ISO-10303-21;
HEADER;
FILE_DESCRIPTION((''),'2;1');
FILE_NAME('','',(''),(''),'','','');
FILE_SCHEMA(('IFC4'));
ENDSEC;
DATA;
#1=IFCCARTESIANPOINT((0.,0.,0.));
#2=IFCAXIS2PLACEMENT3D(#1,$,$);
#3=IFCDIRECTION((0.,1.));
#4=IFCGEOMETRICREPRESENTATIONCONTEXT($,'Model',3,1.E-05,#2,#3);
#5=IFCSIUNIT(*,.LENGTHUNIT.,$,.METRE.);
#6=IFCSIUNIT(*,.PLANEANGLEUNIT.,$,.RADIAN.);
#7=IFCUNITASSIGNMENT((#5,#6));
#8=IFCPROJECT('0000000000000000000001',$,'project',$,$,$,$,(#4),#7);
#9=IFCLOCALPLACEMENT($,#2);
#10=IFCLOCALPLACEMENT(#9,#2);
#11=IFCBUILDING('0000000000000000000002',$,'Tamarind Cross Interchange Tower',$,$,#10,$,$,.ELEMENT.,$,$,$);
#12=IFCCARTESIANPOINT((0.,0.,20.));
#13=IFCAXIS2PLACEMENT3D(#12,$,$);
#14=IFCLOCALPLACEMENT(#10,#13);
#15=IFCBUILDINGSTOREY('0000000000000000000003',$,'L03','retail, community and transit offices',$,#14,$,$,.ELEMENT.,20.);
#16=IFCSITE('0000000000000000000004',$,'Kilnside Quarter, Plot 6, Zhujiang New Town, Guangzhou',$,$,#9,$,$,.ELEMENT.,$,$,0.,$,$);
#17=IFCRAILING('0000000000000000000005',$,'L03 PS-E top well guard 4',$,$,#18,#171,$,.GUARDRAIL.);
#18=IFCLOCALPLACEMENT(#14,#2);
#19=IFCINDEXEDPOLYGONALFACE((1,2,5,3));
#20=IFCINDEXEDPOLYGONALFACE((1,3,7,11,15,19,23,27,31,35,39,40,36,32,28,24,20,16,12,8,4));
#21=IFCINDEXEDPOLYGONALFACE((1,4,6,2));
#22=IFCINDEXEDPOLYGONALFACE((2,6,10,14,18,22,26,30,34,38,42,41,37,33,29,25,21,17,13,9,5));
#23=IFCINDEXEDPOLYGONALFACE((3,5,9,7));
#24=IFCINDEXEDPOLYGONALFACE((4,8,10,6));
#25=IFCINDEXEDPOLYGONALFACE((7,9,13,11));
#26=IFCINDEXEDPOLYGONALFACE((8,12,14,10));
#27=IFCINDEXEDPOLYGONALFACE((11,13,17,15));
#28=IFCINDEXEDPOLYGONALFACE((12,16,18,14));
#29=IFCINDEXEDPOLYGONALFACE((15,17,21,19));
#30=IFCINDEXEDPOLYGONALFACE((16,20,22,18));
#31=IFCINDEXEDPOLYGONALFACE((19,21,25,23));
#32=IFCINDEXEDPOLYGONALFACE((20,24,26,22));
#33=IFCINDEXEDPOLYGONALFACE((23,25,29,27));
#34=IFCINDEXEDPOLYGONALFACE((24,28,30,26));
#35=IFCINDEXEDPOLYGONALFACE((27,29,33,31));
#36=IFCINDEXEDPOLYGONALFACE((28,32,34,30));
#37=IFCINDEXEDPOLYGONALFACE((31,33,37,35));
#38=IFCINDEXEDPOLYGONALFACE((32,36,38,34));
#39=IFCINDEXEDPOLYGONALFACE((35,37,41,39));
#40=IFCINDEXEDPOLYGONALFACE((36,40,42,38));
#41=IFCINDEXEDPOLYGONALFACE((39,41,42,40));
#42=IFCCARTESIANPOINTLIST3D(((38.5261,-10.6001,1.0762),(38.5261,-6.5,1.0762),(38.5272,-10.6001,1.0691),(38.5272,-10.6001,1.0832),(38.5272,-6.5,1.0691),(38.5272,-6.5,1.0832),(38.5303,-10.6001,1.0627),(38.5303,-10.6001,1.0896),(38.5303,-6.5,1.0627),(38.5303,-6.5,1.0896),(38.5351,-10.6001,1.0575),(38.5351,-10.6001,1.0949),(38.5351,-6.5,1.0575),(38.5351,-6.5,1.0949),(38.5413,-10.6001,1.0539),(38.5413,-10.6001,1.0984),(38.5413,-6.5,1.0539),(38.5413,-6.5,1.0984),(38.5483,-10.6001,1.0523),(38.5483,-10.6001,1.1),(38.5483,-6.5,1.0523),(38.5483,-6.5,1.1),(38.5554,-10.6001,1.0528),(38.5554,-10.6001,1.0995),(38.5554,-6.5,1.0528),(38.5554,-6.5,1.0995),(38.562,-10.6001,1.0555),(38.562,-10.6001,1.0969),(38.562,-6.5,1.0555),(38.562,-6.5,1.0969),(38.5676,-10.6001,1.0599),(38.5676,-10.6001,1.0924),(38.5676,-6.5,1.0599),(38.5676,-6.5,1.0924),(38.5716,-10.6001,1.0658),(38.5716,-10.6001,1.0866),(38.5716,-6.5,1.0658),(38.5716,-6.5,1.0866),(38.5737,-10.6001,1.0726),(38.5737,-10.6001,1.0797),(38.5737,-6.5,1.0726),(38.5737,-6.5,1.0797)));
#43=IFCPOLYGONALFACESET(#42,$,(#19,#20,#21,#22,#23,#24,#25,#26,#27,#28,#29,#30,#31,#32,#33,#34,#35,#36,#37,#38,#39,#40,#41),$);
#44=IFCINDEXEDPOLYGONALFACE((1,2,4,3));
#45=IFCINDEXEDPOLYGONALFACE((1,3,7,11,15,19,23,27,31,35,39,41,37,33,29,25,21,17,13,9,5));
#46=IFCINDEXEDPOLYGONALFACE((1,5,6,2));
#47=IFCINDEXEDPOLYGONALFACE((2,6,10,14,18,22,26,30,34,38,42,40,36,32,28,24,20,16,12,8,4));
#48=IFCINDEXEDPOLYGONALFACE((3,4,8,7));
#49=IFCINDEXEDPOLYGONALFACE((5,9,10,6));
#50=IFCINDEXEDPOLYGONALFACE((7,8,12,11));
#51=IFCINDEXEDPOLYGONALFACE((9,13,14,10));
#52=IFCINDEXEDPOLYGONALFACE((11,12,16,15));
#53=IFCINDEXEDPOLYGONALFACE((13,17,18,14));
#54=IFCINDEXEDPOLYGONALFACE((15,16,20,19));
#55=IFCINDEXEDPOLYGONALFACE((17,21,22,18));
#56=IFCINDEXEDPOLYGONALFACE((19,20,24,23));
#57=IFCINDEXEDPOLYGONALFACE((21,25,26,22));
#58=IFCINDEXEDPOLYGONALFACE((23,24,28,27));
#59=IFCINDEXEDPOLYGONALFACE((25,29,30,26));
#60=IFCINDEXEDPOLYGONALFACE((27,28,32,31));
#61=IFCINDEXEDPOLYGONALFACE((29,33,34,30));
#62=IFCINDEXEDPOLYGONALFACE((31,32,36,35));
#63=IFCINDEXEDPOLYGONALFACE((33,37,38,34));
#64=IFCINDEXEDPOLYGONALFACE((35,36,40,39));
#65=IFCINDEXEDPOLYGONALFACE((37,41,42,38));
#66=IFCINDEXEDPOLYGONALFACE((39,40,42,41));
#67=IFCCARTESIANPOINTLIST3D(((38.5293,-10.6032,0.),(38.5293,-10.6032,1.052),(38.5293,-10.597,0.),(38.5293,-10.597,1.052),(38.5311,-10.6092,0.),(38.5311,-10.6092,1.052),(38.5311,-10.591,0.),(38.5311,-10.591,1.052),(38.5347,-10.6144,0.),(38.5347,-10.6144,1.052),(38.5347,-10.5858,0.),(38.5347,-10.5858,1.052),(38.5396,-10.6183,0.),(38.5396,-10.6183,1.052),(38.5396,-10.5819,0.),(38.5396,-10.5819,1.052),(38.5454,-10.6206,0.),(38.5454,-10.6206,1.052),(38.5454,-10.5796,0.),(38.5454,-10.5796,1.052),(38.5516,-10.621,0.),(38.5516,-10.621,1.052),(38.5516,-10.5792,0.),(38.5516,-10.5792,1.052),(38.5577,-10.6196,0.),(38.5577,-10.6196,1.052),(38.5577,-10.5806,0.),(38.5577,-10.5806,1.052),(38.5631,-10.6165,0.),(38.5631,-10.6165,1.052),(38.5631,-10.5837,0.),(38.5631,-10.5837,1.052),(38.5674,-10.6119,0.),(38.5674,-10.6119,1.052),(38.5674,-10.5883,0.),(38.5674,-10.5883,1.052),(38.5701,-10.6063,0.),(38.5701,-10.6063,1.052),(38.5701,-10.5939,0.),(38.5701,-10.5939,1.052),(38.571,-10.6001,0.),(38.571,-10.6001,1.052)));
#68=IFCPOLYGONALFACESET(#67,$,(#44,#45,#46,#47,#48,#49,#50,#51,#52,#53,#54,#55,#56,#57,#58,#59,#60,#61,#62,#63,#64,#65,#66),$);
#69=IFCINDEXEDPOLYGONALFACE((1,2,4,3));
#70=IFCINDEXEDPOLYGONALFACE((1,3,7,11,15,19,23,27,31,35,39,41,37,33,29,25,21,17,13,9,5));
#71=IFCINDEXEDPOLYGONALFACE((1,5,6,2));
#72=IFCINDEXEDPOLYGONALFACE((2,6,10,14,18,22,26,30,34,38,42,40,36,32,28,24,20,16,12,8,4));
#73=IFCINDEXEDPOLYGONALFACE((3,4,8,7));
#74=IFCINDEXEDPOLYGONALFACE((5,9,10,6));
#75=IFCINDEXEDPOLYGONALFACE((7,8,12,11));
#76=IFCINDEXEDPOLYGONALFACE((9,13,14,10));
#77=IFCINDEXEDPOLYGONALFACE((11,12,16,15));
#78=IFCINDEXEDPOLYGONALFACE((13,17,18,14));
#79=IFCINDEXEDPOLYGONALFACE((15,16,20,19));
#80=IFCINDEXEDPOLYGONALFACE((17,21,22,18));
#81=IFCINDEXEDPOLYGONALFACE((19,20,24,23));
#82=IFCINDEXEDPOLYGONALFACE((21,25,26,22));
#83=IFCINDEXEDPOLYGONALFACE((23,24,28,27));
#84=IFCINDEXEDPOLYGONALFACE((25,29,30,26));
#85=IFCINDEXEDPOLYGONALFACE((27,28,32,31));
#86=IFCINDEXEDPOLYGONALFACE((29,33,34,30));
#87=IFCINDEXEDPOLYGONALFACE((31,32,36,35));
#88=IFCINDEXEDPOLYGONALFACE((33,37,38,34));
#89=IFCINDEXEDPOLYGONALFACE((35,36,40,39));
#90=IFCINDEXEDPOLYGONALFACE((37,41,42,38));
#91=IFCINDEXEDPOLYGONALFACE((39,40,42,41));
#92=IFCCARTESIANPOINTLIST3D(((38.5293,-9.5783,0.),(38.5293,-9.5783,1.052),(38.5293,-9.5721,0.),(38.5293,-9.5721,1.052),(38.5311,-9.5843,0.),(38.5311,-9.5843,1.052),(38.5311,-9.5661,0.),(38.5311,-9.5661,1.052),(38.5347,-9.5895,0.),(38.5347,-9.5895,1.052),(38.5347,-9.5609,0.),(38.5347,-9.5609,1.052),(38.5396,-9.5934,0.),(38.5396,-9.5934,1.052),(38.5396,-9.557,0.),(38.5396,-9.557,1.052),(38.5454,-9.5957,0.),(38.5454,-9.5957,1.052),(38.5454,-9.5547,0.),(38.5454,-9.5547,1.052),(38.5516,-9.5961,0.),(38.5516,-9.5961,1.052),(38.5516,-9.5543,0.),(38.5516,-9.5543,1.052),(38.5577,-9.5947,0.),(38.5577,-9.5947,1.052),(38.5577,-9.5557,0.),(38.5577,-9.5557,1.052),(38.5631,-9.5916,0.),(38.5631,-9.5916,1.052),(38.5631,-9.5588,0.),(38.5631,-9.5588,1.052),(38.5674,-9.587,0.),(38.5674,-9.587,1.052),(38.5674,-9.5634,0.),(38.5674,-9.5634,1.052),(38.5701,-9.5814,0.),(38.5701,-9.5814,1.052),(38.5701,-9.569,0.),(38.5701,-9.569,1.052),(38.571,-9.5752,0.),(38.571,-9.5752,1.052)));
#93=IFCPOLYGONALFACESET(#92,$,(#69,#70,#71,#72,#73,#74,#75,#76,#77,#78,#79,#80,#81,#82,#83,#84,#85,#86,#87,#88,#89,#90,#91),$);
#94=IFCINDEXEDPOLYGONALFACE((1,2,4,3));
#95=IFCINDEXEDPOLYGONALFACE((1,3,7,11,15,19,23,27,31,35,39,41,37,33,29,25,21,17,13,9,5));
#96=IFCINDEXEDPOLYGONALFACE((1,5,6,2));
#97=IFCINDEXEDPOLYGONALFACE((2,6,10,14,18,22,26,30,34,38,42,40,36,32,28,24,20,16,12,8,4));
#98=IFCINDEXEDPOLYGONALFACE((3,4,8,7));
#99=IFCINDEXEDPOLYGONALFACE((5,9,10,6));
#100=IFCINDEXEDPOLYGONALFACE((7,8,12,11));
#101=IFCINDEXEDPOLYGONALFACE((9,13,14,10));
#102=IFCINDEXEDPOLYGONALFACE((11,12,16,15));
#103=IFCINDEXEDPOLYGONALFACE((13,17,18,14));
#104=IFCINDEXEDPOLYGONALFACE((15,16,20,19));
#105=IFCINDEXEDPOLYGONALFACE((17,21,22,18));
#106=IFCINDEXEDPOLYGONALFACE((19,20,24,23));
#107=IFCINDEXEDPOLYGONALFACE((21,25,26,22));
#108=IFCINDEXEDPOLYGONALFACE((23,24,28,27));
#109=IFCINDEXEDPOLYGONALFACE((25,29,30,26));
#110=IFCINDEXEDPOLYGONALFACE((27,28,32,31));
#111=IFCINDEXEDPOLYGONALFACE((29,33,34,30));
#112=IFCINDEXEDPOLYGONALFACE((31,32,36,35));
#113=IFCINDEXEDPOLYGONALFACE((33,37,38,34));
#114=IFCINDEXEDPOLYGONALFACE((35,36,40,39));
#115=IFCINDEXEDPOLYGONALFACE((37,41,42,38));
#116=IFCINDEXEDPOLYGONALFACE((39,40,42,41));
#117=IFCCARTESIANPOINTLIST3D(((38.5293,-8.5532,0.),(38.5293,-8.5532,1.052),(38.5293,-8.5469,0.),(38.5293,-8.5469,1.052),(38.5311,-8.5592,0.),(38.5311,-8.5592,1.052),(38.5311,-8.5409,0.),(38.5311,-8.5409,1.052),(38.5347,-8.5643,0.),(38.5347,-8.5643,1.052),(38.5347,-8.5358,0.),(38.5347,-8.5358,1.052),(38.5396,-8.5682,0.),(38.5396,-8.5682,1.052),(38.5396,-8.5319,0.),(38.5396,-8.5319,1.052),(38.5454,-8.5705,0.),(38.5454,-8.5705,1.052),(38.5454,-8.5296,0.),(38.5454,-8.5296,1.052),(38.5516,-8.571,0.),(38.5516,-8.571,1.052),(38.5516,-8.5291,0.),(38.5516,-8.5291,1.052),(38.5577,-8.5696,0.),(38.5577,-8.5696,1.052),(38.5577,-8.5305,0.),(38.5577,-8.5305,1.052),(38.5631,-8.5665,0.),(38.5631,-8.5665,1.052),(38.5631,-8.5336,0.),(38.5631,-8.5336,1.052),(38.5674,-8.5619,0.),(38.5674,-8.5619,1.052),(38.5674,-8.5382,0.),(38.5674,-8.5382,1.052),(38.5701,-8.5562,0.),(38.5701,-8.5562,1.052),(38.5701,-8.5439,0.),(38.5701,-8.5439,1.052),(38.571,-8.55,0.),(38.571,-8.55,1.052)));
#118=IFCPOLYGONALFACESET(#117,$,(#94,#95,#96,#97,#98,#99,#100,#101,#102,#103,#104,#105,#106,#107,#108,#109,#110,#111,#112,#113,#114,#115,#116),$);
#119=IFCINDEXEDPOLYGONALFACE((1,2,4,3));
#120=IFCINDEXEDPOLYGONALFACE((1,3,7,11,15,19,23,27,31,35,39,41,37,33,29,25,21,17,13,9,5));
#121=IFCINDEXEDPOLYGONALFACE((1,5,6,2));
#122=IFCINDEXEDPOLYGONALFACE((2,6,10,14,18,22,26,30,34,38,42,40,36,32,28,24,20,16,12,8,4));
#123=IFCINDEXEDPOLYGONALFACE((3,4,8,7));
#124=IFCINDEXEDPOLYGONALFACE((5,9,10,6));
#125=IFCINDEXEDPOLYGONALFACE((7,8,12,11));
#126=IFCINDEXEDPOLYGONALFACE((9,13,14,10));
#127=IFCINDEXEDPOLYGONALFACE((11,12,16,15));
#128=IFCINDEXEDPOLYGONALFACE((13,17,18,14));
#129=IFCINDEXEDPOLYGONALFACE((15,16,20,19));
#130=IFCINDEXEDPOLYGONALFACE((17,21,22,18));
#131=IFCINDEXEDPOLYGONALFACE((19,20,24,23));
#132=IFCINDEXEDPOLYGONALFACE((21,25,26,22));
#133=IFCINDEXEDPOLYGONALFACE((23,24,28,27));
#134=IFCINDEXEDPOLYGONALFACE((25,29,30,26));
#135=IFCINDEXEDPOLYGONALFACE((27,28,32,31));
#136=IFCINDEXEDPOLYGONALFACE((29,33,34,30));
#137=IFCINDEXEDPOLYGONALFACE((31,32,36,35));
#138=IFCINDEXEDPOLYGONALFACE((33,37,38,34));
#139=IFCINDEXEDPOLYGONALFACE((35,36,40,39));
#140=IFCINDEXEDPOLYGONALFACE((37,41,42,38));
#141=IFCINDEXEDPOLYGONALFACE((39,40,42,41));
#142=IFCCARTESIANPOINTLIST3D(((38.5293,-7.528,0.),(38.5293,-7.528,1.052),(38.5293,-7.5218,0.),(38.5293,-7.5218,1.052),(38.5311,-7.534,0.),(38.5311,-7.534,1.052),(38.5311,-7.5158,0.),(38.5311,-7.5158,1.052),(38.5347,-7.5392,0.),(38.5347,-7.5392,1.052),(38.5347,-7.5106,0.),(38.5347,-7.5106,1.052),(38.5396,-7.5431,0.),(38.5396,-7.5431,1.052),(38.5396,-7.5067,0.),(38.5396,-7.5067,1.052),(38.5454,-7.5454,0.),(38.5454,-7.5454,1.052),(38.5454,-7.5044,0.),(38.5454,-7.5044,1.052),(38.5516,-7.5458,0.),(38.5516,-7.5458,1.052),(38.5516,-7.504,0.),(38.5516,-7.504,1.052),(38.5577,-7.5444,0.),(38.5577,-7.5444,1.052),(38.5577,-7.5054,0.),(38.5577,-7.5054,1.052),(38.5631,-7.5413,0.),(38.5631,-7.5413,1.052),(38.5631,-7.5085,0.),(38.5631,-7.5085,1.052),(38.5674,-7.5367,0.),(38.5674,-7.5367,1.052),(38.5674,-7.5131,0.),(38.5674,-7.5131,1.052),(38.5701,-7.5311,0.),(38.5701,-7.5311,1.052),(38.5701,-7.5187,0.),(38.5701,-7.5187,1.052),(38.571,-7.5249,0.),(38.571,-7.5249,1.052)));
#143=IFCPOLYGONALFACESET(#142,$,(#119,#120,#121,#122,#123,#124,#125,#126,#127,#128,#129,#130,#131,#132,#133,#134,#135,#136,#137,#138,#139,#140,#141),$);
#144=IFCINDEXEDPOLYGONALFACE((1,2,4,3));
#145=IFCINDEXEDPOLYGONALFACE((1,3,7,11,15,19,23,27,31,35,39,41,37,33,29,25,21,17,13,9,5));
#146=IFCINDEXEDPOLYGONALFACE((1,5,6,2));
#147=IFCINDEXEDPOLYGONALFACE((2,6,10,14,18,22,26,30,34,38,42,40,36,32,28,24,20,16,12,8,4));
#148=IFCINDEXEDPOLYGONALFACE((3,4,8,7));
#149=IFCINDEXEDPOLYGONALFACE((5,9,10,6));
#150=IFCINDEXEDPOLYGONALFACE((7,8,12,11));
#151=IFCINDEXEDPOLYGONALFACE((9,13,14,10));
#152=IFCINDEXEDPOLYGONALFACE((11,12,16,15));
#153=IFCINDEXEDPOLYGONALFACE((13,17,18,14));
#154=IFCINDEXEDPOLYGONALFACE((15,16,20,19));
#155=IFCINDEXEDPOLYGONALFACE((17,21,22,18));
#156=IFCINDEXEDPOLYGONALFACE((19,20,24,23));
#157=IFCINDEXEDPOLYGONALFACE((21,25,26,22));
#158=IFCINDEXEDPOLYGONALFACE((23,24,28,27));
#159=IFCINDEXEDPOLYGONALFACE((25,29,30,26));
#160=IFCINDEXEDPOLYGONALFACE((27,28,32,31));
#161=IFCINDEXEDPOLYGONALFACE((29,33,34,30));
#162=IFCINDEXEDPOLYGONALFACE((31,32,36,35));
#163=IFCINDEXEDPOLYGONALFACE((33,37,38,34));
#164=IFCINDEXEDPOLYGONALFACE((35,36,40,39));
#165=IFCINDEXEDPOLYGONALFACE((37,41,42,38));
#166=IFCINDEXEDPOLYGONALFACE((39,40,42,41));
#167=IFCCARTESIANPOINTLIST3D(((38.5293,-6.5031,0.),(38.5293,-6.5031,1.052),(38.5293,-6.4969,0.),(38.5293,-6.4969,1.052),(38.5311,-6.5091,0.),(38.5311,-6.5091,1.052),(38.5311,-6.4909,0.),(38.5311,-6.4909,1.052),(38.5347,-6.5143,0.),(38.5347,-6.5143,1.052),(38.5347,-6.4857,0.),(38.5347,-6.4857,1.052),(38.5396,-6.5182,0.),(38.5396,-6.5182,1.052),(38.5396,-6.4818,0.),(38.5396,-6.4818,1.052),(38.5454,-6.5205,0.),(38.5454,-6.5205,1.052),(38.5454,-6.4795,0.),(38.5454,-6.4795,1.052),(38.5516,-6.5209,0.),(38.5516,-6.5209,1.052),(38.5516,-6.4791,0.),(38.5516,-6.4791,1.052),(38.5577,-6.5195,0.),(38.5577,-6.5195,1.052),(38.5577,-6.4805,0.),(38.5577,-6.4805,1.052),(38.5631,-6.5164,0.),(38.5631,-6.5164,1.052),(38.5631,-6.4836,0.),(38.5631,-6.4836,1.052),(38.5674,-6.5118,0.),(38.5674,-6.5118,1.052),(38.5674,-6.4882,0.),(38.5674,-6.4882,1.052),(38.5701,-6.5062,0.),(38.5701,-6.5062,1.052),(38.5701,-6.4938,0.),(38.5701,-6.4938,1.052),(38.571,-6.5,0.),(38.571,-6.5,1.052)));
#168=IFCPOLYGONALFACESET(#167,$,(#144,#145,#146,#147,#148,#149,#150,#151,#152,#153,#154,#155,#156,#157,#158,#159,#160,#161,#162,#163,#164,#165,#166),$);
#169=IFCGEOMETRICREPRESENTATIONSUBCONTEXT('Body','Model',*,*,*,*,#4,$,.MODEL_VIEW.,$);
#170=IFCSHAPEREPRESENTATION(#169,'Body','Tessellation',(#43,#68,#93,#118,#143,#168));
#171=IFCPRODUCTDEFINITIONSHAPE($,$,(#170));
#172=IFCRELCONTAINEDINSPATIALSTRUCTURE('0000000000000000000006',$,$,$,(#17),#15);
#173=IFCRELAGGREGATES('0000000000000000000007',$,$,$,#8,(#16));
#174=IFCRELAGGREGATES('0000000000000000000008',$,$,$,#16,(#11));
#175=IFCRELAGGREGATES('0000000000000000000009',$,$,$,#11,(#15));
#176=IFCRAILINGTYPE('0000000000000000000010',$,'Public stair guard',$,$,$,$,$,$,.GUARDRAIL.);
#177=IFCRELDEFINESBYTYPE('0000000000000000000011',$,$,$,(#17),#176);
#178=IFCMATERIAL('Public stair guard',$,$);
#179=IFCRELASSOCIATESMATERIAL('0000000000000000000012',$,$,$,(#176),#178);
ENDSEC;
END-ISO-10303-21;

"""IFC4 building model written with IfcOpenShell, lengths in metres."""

from ifc_helpers import new_model, si_unit, direction, frame, origin, origin_2d, place, context, subcontext, project, spatial, circle, extrude, material, type_object, element, save


model = new_model("IFC4")

# Units and contexts
model_context = context("Model", 3, precision=1e-05, world=origin(), true_north=direction((0.0, 1.0)))
body_context = subcontext(model_context, "Body", "Model", "MODEL_VIEW")
ifc_project = project(units=[si_unit("LENGTHUNIT", "METRE"), si_unit("PLANEANGLEUNIT", "RADIAN")], contexts=[model_context])

# Site, building, storey
site_placement = place(None, origin())
site = spatial("IfcSite", under=ifc_project, at=site_placement, Name="Kilnside Quarter, Plot 6, Zhujiang New Town, Guangzhou", CompositionType="ELEMENT", RefElevation=0.0)
building_placement = place(site_placement, origin())
building = spatial("IfcBuilding", under=site, at=building_placement, Name="Tamarind Cross Interchange Tower", CompositionType="ELEMENT")
storey_placement = place(building_placement, frame((0.0, 0.0, 20.0)))
storey = spatial("IfcBuildingStorey", under=building, at=storey_placement, Name="L03", Description="retail, community and transit offices", CompositionType="ELEMENT", Elevation=20.0)

# Railing
ifc_material_1 = material(Name="Public stair guard")
railing_type_1 = type_object("IfcRailingType", Name="Public stair guard", PredefinedType="GUARDRAIL", material=ifc_material_1)
railing_1_placement = place(storey_placement, frame((38.55, -10.6001, 0.0)))
element("IfcRailing", 1, at=railing_1_placement, inside=storey, type_object=railing_type_1, Name="L03 PS-E top well guard 4", PredefinedType="GUARDRAIL", context=body_context, shape_type="SweptSolid", body=[
    extrude(circle(Radius=0.0239, at=origin_2d()), frame((0.0, 0.0, 1.0762), z_axis=(0.0, 1.0, 0.0), x_axis=(-1.0, 0.0, 0.0)), (0.0, 0.0, 1.0), 4.1001),
    extrude(circle(Radius=0.021, at=origin_2d()), origin(), (0.0, 0.0, 1.0), 1.052),
    extrude(circle(Radius=0.021, at=origin_2d()), frame((0.0, 1.0249, 0.0)), (0.0, 0.0, 1.0), 1.052),
    extrude(circle(Radius=0.021, at=origin_2d()), frame((0.0, 2.05, 0.0)), (0.0, 0.0, 1.0), 1.052),
    extrude(circle(Radius=0.021, at=origin_2d()), frame((0.0, 3.0752, 0.0)), (0.0, 0.0, 1.0), 1.052),
    extrude(circle(Radius=0.021, at=origin_2d()), frame((0.0, 4.1001, 0.0)), (0.0, 0.0, 1.0), 1.052),
])

save(model, "model.ifc")
